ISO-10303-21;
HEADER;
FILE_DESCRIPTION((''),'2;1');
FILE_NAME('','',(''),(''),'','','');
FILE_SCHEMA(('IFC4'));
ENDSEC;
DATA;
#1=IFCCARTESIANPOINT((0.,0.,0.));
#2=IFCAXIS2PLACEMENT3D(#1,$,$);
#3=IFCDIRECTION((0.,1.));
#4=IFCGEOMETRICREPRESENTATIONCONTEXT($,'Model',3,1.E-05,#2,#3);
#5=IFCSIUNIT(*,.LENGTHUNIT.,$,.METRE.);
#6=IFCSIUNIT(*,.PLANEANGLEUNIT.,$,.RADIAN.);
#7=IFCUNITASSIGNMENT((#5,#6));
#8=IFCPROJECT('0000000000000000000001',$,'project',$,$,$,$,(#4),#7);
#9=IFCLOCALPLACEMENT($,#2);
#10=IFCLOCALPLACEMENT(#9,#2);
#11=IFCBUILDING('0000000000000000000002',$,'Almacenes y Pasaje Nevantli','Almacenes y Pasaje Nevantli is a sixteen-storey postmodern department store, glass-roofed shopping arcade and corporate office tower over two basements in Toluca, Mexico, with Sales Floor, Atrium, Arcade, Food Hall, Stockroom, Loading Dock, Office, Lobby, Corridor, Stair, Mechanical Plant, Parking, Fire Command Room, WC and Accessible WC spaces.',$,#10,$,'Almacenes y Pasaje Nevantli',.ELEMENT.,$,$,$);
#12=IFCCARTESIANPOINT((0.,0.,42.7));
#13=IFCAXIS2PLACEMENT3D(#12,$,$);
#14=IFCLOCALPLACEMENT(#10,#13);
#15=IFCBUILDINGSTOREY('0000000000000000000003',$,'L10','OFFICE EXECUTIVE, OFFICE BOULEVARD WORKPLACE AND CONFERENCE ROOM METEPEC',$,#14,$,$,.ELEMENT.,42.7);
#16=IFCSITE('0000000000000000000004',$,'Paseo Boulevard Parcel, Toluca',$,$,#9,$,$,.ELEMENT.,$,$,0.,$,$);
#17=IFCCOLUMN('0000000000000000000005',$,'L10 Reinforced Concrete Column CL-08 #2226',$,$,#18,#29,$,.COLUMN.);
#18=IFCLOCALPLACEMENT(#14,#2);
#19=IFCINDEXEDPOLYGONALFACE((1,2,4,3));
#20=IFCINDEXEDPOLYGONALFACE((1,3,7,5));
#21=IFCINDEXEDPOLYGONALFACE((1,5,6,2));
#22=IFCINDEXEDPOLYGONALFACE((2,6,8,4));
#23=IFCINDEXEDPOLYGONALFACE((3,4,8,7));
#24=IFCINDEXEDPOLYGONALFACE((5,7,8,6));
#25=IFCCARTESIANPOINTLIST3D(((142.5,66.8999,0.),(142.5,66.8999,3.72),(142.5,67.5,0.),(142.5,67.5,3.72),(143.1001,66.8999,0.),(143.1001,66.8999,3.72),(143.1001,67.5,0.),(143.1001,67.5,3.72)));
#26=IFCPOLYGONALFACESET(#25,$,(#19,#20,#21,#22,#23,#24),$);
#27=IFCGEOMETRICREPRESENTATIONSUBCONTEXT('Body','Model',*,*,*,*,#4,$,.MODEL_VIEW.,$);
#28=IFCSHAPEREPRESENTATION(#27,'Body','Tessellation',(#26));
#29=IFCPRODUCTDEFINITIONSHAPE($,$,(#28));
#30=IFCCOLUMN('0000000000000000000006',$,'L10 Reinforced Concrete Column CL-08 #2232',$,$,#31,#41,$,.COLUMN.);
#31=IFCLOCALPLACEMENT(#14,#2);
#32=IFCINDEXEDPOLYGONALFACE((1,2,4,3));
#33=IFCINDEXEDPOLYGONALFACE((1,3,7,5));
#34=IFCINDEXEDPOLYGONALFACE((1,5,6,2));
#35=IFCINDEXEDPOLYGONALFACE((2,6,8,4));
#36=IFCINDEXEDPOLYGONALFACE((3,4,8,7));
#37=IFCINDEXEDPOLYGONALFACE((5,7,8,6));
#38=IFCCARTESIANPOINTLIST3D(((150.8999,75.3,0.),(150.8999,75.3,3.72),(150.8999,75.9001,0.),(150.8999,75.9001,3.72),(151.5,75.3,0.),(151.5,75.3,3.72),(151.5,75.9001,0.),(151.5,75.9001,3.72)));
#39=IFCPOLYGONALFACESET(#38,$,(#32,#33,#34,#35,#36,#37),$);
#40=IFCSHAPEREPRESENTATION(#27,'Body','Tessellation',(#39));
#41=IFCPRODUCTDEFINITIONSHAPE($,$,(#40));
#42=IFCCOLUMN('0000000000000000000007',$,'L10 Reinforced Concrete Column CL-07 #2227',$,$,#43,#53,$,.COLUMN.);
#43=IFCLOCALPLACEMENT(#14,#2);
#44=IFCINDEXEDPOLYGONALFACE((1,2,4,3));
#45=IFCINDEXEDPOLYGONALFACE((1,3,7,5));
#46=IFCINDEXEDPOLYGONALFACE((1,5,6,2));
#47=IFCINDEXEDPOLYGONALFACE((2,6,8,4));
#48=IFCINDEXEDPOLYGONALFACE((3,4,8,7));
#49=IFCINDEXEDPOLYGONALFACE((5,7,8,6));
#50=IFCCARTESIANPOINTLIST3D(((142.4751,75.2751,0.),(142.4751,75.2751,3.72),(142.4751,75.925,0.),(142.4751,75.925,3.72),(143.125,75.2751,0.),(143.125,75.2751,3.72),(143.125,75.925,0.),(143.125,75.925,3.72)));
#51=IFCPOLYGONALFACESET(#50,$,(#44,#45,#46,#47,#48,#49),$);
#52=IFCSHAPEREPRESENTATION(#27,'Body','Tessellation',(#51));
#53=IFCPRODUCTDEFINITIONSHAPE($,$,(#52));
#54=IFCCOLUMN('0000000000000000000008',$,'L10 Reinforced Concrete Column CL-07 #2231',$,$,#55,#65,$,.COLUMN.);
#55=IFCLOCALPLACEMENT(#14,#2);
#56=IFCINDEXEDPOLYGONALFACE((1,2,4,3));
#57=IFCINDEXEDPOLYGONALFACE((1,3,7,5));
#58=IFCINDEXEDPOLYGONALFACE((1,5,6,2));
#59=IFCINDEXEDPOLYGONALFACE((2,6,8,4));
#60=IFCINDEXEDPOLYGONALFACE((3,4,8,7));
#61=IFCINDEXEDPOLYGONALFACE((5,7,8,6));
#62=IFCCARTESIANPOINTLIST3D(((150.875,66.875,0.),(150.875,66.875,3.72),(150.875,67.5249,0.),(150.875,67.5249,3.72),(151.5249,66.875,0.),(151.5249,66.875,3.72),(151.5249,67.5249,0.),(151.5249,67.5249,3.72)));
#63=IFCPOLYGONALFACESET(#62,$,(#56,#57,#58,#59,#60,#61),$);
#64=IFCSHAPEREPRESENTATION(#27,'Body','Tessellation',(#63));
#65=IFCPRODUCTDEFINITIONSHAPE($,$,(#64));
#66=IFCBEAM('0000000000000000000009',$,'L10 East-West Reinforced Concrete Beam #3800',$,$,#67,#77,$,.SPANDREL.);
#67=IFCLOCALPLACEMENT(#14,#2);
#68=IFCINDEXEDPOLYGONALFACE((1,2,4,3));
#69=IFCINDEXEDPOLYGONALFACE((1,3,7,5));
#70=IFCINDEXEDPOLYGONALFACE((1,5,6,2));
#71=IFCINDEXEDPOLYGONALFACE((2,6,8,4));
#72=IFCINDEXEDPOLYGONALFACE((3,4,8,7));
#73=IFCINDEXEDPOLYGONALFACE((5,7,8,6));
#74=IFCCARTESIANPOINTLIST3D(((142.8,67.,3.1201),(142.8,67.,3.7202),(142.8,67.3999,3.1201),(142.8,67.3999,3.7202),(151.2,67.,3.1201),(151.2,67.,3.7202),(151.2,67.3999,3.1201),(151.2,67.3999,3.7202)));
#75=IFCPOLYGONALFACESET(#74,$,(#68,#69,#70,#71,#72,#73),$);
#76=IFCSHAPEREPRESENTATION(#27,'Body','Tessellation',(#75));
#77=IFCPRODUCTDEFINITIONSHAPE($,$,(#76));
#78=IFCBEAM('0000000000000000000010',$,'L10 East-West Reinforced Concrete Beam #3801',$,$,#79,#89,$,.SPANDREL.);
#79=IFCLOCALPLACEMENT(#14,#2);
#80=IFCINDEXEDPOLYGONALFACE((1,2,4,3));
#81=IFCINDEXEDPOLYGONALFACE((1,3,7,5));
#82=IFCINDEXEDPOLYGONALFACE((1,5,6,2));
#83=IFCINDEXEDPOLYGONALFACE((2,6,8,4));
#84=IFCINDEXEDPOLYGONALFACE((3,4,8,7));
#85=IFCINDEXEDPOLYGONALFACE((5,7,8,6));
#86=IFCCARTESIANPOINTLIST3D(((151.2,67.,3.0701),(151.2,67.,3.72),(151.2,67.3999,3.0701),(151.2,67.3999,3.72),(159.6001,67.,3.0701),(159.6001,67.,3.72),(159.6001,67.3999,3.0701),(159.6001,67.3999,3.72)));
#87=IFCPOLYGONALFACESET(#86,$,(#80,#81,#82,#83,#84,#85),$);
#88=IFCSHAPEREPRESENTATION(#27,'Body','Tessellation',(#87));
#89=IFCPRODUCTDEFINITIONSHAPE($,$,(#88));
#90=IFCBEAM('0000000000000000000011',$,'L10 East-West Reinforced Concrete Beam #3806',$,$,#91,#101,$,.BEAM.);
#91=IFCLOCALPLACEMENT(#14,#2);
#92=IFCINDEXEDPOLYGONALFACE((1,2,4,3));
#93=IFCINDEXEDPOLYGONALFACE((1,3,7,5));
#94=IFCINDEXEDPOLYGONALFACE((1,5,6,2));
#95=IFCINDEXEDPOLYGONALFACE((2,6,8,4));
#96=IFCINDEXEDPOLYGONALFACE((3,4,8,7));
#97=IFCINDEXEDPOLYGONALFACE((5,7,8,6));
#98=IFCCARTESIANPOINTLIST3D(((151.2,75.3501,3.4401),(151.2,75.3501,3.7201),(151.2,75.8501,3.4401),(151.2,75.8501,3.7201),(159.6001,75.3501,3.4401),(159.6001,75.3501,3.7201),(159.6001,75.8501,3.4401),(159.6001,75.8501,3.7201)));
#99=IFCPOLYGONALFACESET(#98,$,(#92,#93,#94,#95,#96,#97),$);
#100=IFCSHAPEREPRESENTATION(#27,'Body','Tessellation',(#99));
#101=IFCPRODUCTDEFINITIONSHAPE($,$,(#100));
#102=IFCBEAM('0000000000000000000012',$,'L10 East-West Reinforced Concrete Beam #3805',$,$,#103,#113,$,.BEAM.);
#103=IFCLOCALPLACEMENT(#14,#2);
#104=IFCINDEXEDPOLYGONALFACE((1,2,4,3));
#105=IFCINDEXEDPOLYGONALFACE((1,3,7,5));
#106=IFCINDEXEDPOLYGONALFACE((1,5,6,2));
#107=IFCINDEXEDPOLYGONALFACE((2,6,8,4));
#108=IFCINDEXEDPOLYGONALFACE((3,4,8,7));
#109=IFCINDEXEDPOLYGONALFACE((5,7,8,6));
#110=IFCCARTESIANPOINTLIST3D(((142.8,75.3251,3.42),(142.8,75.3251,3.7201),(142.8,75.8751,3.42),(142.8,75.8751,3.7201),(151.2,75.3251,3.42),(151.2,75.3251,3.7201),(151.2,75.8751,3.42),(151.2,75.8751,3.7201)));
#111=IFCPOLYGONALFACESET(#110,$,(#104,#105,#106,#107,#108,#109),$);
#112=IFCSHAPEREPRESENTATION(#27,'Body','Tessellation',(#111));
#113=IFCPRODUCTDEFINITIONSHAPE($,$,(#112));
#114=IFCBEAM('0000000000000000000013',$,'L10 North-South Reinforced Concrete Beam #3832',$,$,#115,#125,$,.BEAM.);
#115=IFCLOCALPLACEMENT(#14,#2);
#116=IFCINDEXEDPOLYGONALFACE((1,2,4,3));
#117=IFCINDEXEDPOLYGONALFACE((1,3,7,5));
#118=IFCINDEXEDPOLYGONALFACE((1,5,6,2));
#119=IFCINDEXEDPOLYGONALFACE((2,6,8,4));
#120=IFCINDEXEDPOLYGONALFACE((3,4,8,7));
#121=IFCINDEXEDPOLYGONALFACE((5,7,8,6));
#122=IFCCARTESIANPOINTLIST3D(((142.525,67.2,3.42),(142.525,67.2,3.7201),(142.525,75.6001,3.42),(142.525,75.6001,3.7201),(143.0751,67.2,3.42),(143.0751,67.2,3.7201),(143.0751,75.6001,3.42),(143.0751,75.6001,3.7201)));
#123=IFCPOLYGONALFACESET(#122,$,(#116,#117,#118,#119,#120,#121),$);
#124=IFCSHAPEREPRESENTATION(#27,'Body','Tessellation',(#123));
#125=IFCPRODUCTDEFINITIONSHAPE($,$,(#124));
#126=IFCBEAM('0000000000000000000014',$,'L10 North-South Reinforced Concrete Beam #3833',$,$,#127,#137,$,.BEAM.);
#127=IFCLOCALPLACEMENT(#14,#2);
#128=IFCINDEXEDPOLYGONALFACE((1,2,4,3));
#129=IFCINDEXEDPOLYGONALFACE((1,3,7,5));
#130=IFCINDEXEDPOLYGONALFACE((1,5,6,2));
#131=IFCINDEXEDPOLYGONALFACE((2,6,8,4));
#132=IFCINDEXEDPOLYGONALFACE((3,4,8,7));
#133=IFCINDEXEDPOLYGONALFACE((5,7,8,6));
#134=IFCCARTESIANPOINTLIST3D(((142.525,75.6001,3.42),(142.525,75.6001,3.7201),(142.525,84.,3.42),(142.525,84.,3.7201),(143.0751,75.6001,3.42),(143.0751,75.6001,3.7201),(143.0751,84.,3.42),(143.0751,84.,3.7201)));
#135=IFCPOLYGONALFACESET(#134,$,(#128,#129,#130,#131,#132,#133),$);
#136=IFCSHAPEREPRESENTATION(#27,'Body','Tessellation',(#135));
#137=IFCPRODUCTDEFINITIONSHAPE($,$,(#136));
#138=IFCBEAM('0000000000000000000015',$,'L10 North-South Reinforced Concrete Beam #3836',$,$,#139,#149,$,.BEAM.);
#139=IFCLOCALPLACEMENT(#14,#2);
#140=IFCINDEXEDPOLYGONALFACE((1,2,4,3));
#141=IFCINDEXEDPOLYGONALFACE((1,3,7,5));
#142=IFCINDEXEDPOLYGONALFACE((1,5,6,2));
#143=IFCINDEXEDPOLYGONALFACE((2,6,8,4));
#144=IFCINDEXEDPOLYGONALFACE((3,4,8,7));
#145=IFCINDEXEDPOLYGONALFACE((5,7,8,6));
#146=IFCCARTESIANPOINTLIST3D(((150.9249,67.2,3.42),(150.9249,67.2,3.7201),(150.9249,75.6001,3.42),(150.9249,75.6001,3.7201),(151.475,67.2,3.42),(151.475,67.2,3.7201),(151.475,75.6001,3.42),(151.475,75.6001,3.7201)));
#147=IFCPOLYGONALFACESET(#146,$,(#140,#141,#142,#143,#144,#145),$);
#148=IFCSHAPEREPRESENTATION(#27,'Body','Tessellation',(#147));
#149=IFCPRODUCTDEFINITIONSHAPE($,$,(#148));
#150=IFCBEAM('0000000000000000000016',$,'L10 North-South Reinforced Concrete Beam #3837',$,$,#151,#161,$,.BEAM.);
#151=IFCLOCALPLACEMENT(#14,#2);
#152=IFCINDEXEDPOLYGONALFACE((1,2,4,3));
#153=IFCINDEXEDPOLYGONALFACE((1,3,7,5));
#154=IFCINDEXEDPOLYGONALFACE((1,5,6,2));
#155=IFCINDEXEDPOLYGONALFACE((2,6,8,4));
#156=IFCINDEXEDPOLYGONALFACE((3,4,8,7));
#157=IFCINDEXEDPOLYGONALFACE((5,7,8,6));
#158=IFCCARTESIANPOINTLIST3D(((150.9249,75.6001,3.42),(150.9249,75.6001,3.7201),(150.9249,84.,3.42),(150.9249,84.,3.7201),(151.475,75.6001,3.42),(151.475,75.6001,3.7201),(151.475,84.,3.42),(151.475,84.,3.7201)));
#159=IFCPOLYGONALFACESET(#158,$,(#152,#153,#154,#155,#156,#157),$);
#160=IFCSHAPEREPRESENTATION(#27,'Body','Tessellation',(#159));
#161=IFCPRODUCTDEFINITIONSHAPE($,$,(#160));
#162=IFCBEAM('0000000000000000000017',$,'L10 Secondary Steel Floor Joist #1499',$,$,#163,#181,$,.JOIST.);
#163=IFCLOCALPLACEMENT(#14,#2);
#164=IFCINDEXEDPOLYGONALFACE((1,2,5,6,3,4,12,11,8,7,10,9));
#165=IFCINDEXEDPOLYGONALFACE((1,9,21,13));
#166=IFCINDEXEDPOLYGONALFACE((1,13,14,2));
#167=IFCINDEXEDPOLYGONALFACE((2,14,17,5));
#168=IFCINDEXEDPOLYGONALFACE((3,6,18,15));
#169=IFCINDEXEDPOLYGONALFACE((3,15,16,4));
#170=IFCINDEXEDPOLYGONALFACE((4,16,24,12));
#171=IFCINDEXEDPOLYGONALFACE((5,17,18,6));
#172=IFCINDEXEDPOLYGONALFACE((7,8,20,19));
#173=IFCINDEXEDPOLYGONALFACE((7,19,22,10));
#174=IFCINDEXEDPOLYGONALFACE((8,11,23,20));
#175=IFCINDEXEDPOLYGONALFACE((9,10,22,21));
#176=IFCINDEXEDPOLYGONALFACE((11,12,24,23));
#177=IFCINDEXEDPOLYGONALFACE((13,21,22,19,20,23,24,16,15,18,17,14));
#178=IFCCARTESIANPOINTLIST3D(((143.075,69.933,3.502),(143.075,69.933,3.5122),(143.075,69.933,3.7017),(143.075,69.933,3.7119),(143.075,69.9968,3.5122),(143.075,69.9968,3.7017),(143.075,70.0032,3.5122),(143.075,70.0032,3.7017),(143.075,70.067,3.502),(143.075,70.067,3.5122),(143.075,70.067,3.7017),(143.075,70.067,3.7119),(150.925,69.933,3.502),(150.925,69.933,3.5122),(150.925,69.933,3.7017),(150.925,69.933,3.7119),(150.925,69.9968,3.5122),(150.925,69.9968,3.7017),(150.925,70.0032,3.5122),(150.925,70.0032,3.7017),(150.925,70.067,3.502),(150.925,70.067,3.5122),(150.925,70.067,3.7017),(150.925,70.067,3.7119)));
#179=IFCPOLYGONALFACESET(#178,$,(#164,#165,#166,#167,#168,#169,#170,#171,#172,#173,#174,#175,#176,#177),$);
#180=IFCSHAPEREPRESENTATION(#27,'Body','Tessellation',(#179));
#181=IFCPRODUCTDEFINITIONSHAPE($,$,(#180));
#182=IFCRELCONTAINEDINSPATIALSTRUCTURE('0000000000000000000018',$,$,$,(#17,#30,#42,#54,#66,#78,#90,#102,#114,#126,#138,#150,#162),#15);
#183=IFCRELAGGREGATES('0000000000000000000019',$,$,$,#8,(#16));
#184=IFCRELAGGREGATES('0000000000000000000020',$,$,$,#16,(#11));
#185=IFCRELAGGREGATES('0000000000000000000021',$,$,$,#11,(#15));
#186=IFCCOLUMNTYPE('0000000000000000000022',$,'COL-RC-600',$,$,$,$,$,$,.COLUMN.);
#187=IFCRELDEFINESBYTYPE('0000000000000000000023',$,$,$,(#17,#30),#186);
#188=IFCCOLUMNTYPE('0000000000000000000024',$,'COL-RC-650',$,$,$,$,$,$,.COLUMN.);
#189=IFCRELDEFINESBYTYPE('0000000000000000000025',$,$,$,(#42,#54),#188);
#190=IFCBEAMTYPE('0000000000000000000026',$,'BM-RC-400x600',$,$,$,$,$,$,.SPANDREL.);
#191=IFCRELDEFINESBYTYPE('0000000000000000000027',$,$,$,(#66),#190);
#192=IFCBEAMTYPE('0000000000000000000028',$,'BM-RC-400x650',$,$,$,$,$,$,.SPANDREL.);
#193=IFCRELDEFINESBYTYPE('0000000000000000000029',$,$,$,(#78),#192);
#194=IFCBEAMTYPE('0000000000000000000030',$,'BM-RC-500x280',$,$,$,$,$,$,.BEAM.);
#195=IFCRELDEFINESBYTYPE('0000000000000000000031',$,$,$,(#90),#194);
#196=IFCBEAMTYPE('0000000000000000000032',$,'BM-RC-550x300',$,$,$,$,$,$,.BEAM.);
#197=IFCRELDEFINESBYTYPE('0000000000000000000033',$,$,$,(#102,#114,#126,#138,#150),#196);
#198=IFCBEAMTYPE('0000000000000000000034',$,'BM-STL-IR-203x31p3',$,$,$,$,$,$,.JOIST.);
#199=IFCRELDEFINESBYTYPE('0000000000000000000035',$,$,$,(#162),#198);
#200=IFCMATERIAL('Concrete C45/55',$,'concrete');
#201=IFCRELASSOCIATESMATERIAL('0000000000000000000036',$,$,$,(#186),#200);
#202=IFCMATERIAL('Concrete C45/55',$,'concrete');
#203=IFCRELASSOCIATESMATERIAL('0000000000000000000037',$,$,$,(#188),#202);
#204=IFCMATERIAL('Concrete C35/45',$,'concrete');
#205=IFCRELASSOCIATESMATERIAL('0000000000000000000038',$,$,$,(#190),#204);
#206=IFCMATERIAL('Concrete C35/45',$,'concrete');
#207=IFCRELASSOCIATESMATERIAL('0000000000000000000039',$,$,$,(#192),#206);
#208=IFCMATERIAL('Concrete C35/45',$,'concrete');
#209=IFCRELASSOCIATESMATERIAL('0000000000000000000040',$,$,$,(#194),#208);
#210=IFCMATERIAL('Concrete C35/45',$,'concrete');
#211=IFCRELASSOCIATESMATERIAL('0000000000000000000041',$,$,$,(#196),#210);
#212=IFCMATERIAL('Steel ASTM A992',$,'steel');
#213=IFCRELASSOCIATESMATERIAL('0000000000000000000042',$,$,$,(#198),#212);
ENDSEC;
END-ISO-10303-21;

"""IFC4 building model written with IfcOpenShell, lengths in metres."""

from ifc_helpers import new_model, si_unit, direction, frame, origin, origin_2d, place, context, subcontext, project, spatial, rectangle, i_section, extrude, material, material_profile, profile_set, type_object, element, save


model = new_model("IFC4")

# Units and contexts
model_context = context("Model", 3, precision=1e-05, world=origin(), true_north=direction((0.0, 1.0)))
body_context = subcontext(model_context, "Body", "Model", "MODEL_VIEW")
ifc_project = project(units=[si_unit("LENGTHUNIT", "METRE"), si_unit("PLANEANGLEUNIT", "RADIAN")], contexts=[model_context])

# Site, building, storey
site_placement = place(None, origin())
site = spatial("IfcSite", under=ifc_project, at=site_placement, Name="Paseo Boulevard Parcel, Toluca", CompositionType="ELEMENT", RefElevation=0.0)
building_placement = place(site_placement, origin())
building = spatial("IfcBuilding", under=site, at=building_placement, Name="Almacenes y Pasaje Nevantli", Description="Almacenes y Pasaje Nevantli is a sixteen-storey postmodern department store, glass-roofed shopping arcade and corporate office tower over two basements in Toluca, Mexico, with Sales Floor, Atrium, Arcade, Food Hall, Stockroom, Loading Dock, Office, Lobby, Corridor, Stair, Mechanical Plant, Parking, Fire Command Room, WC and Accessible WC spaces.", LongName="Almacenes y Pasaje Nevantli", CompositionType="ELEMENT")
storey_placement = place(building_placement, frame((0.0, 0.0, 42.7)))
storey = spatial("IfcBuildingStorey", under=building, at=storey_placement, Name="L10", Description="OFFICE EXECUTIVE, OFFICE BOULEVARD WORKPLACE AND CONFERENCE ROOM METEPEC", CompositionType="ELEMENT", Elevation=42.7)

# Columns
ifc_material_1 = material(Name="Concrete C45/55", Category="concrete")
ifc_material_profile_1 = material_profile(ifc_material_1, rectangle(XDim=0.6001, YDim=0.6001, at=origin_2d()), Name="RC-COL-600x600")
ifc_profile_set_1 = profile_set([ifc_material_profile_1], Name="Concrete C45/55")
column_type_1 = type_object("IfcColumnType", Name="COL-RC-600", PredefinedType="COLUMN", material=ifc_profile_set_1)
for number, where, z_axis, x_axis, name in (
    (1, (142.8, 67.2, 0.0), (0.0, 0.0, 1.0), (1.0, 0.0, 0.0), "L10 Reinforced Concrete Column CL-08 #2226"),
    (2, (151.2, 75.6001, 0.0), (0.0, 0.0, 1.0), (1.0, 0.0, 0.0), "L10 Reinforced Concrete Column CL-08 #2232"),
):
    element("IfcColumn", number, at=place(storey_placement, frame(where, z_axis=z_axis, x_axis=x_axis)), inside=storey, type_object=column_type_1, Name=name, PredefinedType="COLUMN", context=body_context, shape_type="SweptSolid", body=[
        extrude(rectangle(XDim=0.6001, YDim=0.6001, at=origin_2d()), origin(), (0.0, 0.0, 1.0), 3.72),
    ])
ifc_material_2 = material(Name="Concrete C45/55", Category="concrete")
ifc_material_profile_2 = material_profile(ifc_material_2, rectangle(XDim=0.6499, YDim=0.6499, at=origin_2d()), Name="RC-COL-650x650")
ifc_profile_set_2 = profile_set([ifc_material_profile_2], Name="Concrete C45/55")
column_type_2 = type_object("IfcColumnType", Name="COL-RC-650", PredefinedType="COLUMN", material=ifc_profile_set_2)
for number, where, z_axis, x_axis, name in (
    (3, (142.8, 75.6001, 0.0), (0.0, 0.0, 1.0), (1.0, 0.0, 0.0), "L10 Reinforced Concrete Column CL-07 #2227"),
    (4, (151.2, 67.2, 0.0), (0.0, 0.0, 1.0), (1.0, 0.0, 0.0), "L10 Reinforced Concrete Column CL-07 #2231"),
):
    element("IfcColumn", number, at=place(storey_placement, frame(where, z_axis=z_axis, x_axis=x_axis)), inside=storey, type_object=column_type_2, Name=name, PredefinedType="COLUMN", context=body_context, shape_type="SweptSolid", body=[
        extrude(rectangle(XDim=0.6499, YDim=0.6499, at=origin_2d()), origin(), (0.0, 0.0, 1.0), 3.72),
    ])

# Beams
ifc_material_3 = material(Name="Concrete C35/45", Category="concrete")
ifc_material_profile_3 = material_profile(ifc_material_3, rectangle(XDim=0.3999, YDim=0.6001, at=origin_2d()), Name="RC-BM-400x600")
ifc_profile_set_3 = profile_set([ifc_material_profile_3], Name="Concrete C35/45")
beam_type_1 = type_object("IfcBeamType", Name="BM-RC-400x600", PredefinedType="SPANDREL", material=ifc_profile_set_3)
beam_1_placement = place(storey_placement, frame((142.8, 67.2, 3.4202), z_axis=(1.0, 0.0, 0.0), x_axis=(0.0, 1.0, 0.0)))
element("IfcBeam", 5, at=beam_1_placement, inside=storey, type_object=beam_type_1, Name="L10 East-West Reinforced Concrete Beam #3800", PredefinedType="SPANDREL", context=body_context, shape_type="SweptSolid", body=[
    extrude(rectangle(XDim=0.3999, YDim=0.6001, at=origin_2d()), origin(), (0.0, 0.0, 1.0), 8.3999),
])
ifc_material_4 = material(Name="Concrete C35/45", Category="concrete")
ifc_material_profile_4 = material_profile(ifc_material_4, rectangle(XDim=0.3999, YDim=0.6499, at=origin_2d()), Name="RC-BM-400x650")
ifc_profile_set_4 = profile_set([ifc_material_profile_4], Name="Concrete C35/45")
beam_type_2 = type_object("IfcBeamType", Name="BM-RC-400x650", PredefinedType="SPANDREL", material=ifc_profile_set_4)
beam_2_placement = place(storey_placement, frame((151.2, 67.2, 3.395), z_axis=(1.0, 0.0, 0.0), x_axis=(0.0, 1.0, 0.0)))
element("IfcBeam", 6, at=beam_2_placement, inside=storey, type_object=beam_type_2, Name="L10 East-West Reinforced Concrete Beam #3801", PredefinedType="SPANDREL", context=body_context, shape_type="SweptSolid", body=[
    extrude(rectangle(XDim=0.3999, YDim=0.6499, at=origin_2d()), origin(), (0.0, 0.0, 1.0), 8.4001),
])
ifc_material_5 = material(Name="Concrete C35/45", Category="concrete")
ifc_material_profile_5 = material_profile(ifc_material_5, rectangle(XDim=0.5, YDim=0.28, at=origin_2d()), Name="RC-BM-500x280")
ifc_profile_set_5 = profile_set([ifc_material_profile_5], Name="Concrete C35/45")
beam_type_3 = type_object("IfcBeamType", Name="BM-RC-500x280", PredefinedType="BEAM", material=ifc_profile_set_5)
beam_3_placement = place(storey_placement, frame((151.2, 75.6001, 3.5801), z_axis=(1.0, 0.0, 0.0), x_axis=(0.0, 1.0, 0.0)))
element("IfcBeam", 7, at=beam_3_placement, inside=storey, type_object=beam_type_3, Name="L10 East-West Reinforced Concrete Beam #3806", PredefinedType="BEAM", context=body_context, shape_type="SweptSolid", body=[
    extrude(rectangle(XDim=0.5, YDim=0.28, at=origin_2d()), origin(), (0.0, 0.0, 1.0), 8.4001),
])
ifc_material_6 = material(Name="Concrete C35/45", Category="concrete")
ifc_material_profile_6 = material_profile(ifc_material_6, rectangle(XDim=0.55, YDim=0.3, at=origin_2d()), Name="RC-BM-550x300")
ifc_profile_set_6 = profile_set([ifc_material_profile_6], Name="Concrete C35/45")
beam_type_4 = type_object("IfcBeamType", Name="BM-RC-550x300", PredefinedType="BEAM", material=ifc_profile_set_6)
beam_4_placement = place(storey_placement, frame((142.8, 75.6001, 3.5701), z_axis=(1.0, 0.0, 0.0), x_axis=(0.0, 1.0, 0.0)))
element("IfcBeam", 8, at=beam_4_placement, inside=storey, type_object=beam_type_4, Name="L10 East-West Reinforced Concrete Beam #3805", PredefinedType="BEAM", context=body_context, shape_type="SweptSolid", body=[
    extrude(rectangle(XDim=0.55, YDim=0.3, at=origin_2d()), origin(), (0.0, 0.0, 1.0), 8.3999),
])
beam_5_placement = place(storey_placement, frame((142.8, 67.2, 3.5701), z_axis=(0.0, 1.0, 0.0), x_axis=(-1.0, 0.0, 0.0)))
element("IfcBeam", 9, at=beam_5_placement, inside=storey, type_object=beam_type_4, Name="L10 North-South Reinforced Concrete Beam #3832", PredefinedType="BEAM", context=body_context, shape_type="SweptSolid", body=[
    extrude(rectangle(XDim=0.55, YDim=0.3, at=origin_2d()), origin(), (0.0, 0.0, 1.0), 8.4001),
])
beam_6_placement = place(storey_placement, frame((142.8, 75.6001, 3.5701), z_axis=(0.0, 1.0, 0.0), x_axis=(-1.0, 0.0, 0.0)))
element("IfcBeam", 10, at=beam_6_placement, inside=storey, type_object=beam_type_4, Name="L10 North-South Reinforced Concrete Beam #3833", PredefinedType="BEAM", context=body_context, shape_type="SweptSolid", body=[
    extrude(rectangle(XDim=0.55, YDim=0.3, at=origin_2d()), origin(), (0.0, 0.0, 1.0), 8.3999),
])
beam_7_placement = place(storey_placement, frame((151.2, 67.2, 3.5701), z_axis=(0.0, 1.0, 0.0), x_axis=(-1.0, 0.0, 0.0)))
element("IfcBeam", 11, at=beam_7_placement, inside=storey, type_object=beam_type_4, Name="L10 North-South Reinforced Concrete Beam #3836", PredefinedType="BEAM", context=body_context, shape_type="SweptSolid", body=[
    extrude(rectangle(XDim=0.55, YDim=0.3, at=origin_2d()), origin(), (0.0, 0.0, 1.0), 8.4001),
])
beam_8_placement = place(storey_placement, frame((151.2, 75.6001, 3.5701), z_axis=(0.0, 1.0, 0.0), x_axis=(-1.0, 0.0, 0.0)))
element("IfcBeam", 12, at=beam_8_placement, inside=storey, type_object=beam_type_4, Name="L10 North-South Reinforced Concrete Beam #3837", PredefinedType="BEAM", context=body_context, shape_type="SweptSolid", body=[
    extrude(rectangle(XDim=0.55, YDim=0.3, at=origin_2d()), origin(), (0.0, 0.0, 1.0), 8.3999),
])
ifc_material_7 = material(Name="Steel ASTM A992", Category="steel")
ifc_material_profile_7 = material_profile(ifc_material_7, i_section(OverallWidth=0.134, OverallDepth=0.21, WebThickness=0.0063, FlangeThickness=0.0103, at=origin_2d()), Name="IR 203x31.3")
ifc_profile_set_7 = profile_set([ifc_material_profile_7], Name="Steel ASTM A992")
beam_type_5 = type_object("IfcBeamType", Name="BM-STL-IR-203x31p3", PredefinedType="JOIST", material=ifc_profile_set_7)
for number, where, z_axis, x_axis, name in (
    (13, (143.075, 70.0, 3.6069), (1.0, 0.0, 0.0), (0.0, 1.0, 0.0), "L10 Secondary Steel Floor Joist #1499"),
):
    element("IfcBeam", number, at=place(storey_placement, frame(where, z_axis=z_axis, x_axis=x_axis)), inside=storey, type_object=beam_type_5, Name=name, PredefinedType="JOIST", context=body_context, shape_type="SweptSolid", body=[
        extrude(i_section(OverallWidth=0.134, OverallDepth=0.21, WebThickness=0.0063, FlangeThickness=0.0103, at=origin_2d()), origin(), (0.0, 0.0, 1.0), 7.8501),
    ])

save(model, "model.ifc")
